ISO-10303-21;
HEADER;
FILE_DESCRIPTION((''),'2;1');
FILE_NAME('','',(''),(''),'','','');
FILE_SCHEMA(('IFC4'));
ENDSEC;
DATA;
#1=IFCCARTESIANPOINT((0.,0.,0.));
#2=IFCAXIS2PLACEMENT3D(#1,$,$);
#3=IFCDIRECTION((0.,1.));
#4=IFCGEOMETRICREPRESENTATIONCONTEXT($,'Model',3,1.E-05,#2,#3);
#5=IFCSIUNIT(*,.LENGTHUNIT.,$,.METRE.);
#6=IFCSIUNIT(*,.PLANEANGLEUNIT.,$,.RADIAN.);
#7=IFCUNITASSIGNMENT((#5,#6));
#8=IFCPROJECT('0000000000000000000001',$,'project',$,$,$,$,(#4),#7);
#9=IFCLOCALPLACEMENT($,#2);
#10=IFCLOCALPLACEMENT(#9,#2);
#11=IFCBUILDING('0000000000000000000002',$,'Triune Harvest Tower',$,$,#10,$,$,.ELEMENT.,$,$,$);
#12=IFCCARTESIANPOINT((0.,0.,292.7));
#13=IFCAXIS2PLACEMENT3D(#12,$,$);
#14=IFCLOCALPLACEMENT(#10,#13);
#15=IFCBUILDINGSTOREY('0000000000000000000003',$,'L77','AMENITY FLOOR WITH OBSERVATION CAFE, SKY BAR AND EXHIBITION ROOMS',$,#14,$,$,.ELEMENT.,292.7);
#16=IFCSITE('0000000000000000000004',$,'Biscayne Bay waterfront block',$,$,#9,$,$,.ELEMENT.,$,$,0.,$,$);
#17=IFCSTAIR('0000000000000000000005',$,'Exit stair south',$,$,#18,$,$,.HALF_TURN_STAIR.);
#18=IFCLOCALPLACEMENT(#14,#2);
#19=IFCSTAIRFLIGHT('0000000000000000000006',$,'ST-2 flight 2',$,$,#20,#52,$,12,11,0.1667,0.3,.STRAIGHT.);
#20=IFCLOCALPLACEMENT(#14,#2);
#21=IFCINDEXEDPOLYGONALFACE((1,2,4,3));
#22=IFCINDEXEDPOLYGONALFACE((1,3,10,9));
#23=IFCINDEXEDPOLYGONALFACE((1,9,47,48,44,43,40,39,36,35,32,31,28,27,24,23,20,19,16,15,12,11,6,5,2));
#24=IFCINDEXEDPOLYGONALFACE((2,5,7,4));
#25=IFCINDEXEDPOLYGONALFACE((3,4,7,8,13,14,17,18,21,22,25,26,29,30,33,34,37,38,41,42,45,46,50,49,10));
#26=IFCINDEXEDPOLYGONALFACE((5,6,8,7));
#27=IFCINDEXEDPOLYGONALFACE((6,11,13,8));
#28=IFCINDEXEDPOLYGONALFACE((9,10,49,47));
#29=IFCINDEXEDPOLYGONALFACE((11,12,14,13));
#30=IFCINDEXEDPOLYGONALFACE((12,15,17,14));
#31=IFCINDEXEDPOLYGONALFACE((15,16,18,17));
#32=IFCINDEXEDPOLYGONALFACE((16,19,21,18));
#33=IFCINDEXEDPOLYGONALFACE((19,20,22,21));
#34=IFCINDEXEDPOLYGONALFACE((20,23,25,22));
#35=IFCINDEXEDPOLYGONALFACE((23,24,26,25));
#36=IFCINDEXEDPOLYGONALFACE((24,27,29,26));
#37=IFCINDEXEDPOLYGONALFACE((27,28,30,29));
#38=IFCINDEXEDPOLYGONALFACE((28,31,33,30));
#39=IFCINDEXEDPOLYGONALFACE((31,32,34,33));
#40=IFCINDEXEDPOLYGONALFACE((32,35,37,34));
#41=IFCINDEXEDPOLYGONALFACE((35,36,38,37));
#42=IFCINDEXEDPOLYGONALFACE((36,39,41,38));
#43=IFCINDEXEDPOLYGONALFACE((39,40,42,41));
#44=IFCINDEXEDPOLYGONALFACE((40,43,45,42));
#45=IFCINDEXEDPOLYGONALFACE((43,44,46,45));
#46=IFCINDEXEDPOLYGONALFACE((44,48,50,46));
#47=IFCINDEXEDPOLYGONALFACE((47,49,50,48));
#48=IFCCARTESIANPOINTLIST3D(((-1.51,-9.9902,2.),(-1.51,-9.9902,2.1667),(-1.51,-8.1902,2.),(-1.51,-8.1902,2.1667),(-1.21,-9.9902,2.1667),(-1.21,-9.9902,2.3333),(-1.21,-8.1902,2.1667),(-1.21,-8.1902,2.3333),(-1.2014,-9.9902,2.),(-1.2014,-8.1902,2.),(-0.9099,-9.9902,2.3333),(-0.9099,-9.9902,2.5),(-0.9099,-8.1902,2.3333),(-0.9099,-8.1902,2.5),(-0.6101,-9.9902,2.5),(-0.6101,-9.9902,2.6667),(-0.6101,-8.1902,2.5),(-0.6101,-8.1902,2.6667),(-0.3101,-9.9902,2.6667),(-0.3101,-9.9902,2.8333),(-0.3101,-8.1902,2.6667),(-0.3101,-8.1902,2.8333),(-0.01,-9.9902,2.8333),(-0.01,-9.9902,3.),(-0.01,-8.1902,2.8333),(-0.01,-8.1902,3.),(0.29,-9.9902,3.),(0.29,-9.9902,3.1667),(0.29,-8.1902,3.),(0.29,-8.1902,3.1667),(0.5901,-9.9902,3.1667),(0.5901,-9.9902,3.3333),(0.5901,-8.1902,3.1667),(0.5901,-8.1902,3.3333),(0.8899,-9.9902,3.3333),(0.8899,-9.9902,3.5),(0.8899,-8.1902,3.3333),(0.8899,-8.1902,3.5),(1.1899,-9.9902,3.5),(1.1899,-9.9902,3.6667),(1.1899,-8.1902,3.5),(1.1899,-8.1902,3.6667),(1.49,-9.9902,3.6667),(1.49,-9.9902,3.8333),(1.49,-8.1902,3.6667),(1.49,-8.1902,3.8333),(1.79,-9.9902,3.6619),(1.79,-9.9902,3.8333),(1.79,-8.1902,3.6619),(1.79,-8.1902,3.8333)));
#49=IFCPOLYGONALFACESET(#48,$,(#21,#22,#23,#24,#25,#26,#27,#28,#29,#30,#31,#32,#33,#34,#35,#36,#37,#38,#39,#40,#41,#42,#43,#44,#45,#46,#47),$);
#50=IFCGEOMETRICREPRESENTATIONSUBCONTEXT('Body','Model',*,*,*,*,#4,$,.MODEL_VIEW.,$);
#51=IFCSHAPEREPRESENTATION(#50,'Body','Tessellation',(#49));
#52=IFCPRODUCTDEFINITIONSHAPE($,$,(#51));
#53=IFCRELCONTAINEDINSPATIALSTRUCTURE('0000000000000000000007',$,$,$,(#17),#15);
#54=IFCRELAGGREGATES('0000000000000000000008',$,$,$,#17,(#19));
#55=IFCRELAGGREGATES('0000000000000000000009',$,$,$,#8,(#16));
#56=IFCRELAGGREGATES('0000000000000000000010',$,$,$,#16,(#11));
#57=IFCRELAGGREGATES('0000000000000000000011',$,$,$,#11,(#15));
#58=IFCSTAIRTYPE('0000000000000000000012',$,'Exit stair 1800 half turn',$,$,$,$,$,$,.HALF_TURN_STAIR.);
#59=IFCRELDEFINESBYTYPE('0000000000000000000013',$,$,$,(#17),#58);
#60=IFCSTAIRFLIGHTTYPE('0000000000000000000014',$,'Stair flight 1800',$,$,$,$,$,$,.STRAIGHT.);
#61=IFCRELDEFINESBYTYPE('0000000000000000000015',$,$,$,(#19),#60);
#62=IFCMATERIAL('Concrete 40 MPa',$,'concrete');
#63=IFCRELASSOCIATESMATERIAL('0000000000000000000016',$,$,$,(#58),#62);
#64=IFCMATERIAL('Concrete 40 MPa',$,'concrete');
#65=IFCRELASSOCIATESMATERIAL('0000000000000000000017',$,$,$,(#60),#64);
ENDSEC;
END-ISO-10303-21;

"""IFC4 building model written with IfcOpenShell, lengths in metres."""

from ifc_helpers import new_model, si_unit, direction, frame, origin, place, context, subcontext, project, spatial, polyline, outline, extrude, source, transform, mapped, material, type_object, element, aggregate, save


model = new_model("IFC4")

# Units and contexts
model_context = context("Model", 3, precision=1e-05, world=origin(), true_north=direction((0.0, 1.0)))
body_context = subcontext(model_context, "Body", "Model", "MODEL_VIEW")
ifc_project = project(units=[si_unit("LENGTHUNIT", "METRE"), si_unit("PLANEANGLEUNIT", "RADIAN")], contexts=[model_context])

# Site, building, storey
site_placement = place(None, origin())
site = spatial("IfcSite", under=ifc_project, at=site_placement, Name="Biscayne Bay waterfront block", CompositionType="ELEMENT", RefElevation=0.0)
building_placement = place(site_placement, origin())
building = spatial("IfcBuilding", under=site, at=building_placement, Name="Triune Harvest Tower", CompositionType="ELEMENT")
storey_placement = place(building_placement, frame((0.0, 0.0, 292.7)))
storey = spatial("IfcBuildingStorey", under=building, at=storey_placement, Name="L77", Description="AMENITY FLOOR WITH OBSERVATION CAFE, SKY BAR AND EXHIBITION ROOMS", CompositionType="ELEMENT", Elevation=292.7)

# Stair, stair flight
ifc_material_1 = material(Name="Concrete 40 MPa", Category="concrete")
stair_type = type_object("IfcStairType", Name="Exit stair 1800 half turn", PredefinedType="HALF_TURN_STAIR", material=ifc_material_1)
stair_placement = place(storey_placement, origin())
stair = element("IfcStair", 1, at=stair_placement, inside=storey, type_object=stair_type, Name="Exit stair south", PredefinedType="HALF_TURN_STAIR")
ifc_material_2 = material(Name="Concrete 40 MPa", Category="concrete")
stair_flight_type = type_object("IfcStairFlightType", Name="Stair flight 1800", PredefinedType="STRAIGHT", material=ifc_material_2)
shared_shape_1 = source(origin(), body_context, "Body", "SweptSolid", [
    extrude(outline(polyline([(0.0, 0.0), (0.0, 0.1667), (0.3, 0.1667), (0.3, 0.3333), (0.6001, 0.3333), (0.6001, 0.5), (0.8999, 0.5), (0.8999, 0.6667), (1.2, 0.6667), (1.2, 0.8333), (1.5, 0.8333), (1.5, 1.0), (1.8, 1.0), (1.8, 1.1667), (2.1001, 1.1667), (2.1001, 1.3333), (2.3999, 1.3333), (2.3999, 1.5), (2.7, 1.5), (2.7, 1.6667), (3.0, 1.6667), (3.0, 1.8333), (3.3, 1.8333), (3.3, 2.0), (3.3, 1.6619), (0.3086, 0.0), (0.0, 0.0)])), frame((0.0, 0.8999, 0.0), z_axis=(0.0, -1.0, 0.0), x_axis=(1.0, 0.0, 0.0)), (0.0, 0.0, 1.0), 1.8),
])
stair_flight_placement = place(storey_placement, frame((-1.51, -9.0901, 2.0), z_axis=(0.0, 0.0, 1.0), x_axis=(1.0, 0.0, 0.0)))
stair_flight = element("IfcStairFlight", 2, at=stair_flight_placement, type_object=stair_flight_type, Name="ST-2 flight 2", NumberOfRisers=12, NumberOfTreads=11, PredefinedType="STRAIGHT", RiserHeight=0.1667, TreadLength=0.3, context=body_context, shape_type="MappedRepresentation", body=[
    mapped(shared_shape_1, transform((0.0, 0.0, 0.0), scale=1.0)),
])
aggregate(stair, [stair_flight])

save(model, "model.ifc")
